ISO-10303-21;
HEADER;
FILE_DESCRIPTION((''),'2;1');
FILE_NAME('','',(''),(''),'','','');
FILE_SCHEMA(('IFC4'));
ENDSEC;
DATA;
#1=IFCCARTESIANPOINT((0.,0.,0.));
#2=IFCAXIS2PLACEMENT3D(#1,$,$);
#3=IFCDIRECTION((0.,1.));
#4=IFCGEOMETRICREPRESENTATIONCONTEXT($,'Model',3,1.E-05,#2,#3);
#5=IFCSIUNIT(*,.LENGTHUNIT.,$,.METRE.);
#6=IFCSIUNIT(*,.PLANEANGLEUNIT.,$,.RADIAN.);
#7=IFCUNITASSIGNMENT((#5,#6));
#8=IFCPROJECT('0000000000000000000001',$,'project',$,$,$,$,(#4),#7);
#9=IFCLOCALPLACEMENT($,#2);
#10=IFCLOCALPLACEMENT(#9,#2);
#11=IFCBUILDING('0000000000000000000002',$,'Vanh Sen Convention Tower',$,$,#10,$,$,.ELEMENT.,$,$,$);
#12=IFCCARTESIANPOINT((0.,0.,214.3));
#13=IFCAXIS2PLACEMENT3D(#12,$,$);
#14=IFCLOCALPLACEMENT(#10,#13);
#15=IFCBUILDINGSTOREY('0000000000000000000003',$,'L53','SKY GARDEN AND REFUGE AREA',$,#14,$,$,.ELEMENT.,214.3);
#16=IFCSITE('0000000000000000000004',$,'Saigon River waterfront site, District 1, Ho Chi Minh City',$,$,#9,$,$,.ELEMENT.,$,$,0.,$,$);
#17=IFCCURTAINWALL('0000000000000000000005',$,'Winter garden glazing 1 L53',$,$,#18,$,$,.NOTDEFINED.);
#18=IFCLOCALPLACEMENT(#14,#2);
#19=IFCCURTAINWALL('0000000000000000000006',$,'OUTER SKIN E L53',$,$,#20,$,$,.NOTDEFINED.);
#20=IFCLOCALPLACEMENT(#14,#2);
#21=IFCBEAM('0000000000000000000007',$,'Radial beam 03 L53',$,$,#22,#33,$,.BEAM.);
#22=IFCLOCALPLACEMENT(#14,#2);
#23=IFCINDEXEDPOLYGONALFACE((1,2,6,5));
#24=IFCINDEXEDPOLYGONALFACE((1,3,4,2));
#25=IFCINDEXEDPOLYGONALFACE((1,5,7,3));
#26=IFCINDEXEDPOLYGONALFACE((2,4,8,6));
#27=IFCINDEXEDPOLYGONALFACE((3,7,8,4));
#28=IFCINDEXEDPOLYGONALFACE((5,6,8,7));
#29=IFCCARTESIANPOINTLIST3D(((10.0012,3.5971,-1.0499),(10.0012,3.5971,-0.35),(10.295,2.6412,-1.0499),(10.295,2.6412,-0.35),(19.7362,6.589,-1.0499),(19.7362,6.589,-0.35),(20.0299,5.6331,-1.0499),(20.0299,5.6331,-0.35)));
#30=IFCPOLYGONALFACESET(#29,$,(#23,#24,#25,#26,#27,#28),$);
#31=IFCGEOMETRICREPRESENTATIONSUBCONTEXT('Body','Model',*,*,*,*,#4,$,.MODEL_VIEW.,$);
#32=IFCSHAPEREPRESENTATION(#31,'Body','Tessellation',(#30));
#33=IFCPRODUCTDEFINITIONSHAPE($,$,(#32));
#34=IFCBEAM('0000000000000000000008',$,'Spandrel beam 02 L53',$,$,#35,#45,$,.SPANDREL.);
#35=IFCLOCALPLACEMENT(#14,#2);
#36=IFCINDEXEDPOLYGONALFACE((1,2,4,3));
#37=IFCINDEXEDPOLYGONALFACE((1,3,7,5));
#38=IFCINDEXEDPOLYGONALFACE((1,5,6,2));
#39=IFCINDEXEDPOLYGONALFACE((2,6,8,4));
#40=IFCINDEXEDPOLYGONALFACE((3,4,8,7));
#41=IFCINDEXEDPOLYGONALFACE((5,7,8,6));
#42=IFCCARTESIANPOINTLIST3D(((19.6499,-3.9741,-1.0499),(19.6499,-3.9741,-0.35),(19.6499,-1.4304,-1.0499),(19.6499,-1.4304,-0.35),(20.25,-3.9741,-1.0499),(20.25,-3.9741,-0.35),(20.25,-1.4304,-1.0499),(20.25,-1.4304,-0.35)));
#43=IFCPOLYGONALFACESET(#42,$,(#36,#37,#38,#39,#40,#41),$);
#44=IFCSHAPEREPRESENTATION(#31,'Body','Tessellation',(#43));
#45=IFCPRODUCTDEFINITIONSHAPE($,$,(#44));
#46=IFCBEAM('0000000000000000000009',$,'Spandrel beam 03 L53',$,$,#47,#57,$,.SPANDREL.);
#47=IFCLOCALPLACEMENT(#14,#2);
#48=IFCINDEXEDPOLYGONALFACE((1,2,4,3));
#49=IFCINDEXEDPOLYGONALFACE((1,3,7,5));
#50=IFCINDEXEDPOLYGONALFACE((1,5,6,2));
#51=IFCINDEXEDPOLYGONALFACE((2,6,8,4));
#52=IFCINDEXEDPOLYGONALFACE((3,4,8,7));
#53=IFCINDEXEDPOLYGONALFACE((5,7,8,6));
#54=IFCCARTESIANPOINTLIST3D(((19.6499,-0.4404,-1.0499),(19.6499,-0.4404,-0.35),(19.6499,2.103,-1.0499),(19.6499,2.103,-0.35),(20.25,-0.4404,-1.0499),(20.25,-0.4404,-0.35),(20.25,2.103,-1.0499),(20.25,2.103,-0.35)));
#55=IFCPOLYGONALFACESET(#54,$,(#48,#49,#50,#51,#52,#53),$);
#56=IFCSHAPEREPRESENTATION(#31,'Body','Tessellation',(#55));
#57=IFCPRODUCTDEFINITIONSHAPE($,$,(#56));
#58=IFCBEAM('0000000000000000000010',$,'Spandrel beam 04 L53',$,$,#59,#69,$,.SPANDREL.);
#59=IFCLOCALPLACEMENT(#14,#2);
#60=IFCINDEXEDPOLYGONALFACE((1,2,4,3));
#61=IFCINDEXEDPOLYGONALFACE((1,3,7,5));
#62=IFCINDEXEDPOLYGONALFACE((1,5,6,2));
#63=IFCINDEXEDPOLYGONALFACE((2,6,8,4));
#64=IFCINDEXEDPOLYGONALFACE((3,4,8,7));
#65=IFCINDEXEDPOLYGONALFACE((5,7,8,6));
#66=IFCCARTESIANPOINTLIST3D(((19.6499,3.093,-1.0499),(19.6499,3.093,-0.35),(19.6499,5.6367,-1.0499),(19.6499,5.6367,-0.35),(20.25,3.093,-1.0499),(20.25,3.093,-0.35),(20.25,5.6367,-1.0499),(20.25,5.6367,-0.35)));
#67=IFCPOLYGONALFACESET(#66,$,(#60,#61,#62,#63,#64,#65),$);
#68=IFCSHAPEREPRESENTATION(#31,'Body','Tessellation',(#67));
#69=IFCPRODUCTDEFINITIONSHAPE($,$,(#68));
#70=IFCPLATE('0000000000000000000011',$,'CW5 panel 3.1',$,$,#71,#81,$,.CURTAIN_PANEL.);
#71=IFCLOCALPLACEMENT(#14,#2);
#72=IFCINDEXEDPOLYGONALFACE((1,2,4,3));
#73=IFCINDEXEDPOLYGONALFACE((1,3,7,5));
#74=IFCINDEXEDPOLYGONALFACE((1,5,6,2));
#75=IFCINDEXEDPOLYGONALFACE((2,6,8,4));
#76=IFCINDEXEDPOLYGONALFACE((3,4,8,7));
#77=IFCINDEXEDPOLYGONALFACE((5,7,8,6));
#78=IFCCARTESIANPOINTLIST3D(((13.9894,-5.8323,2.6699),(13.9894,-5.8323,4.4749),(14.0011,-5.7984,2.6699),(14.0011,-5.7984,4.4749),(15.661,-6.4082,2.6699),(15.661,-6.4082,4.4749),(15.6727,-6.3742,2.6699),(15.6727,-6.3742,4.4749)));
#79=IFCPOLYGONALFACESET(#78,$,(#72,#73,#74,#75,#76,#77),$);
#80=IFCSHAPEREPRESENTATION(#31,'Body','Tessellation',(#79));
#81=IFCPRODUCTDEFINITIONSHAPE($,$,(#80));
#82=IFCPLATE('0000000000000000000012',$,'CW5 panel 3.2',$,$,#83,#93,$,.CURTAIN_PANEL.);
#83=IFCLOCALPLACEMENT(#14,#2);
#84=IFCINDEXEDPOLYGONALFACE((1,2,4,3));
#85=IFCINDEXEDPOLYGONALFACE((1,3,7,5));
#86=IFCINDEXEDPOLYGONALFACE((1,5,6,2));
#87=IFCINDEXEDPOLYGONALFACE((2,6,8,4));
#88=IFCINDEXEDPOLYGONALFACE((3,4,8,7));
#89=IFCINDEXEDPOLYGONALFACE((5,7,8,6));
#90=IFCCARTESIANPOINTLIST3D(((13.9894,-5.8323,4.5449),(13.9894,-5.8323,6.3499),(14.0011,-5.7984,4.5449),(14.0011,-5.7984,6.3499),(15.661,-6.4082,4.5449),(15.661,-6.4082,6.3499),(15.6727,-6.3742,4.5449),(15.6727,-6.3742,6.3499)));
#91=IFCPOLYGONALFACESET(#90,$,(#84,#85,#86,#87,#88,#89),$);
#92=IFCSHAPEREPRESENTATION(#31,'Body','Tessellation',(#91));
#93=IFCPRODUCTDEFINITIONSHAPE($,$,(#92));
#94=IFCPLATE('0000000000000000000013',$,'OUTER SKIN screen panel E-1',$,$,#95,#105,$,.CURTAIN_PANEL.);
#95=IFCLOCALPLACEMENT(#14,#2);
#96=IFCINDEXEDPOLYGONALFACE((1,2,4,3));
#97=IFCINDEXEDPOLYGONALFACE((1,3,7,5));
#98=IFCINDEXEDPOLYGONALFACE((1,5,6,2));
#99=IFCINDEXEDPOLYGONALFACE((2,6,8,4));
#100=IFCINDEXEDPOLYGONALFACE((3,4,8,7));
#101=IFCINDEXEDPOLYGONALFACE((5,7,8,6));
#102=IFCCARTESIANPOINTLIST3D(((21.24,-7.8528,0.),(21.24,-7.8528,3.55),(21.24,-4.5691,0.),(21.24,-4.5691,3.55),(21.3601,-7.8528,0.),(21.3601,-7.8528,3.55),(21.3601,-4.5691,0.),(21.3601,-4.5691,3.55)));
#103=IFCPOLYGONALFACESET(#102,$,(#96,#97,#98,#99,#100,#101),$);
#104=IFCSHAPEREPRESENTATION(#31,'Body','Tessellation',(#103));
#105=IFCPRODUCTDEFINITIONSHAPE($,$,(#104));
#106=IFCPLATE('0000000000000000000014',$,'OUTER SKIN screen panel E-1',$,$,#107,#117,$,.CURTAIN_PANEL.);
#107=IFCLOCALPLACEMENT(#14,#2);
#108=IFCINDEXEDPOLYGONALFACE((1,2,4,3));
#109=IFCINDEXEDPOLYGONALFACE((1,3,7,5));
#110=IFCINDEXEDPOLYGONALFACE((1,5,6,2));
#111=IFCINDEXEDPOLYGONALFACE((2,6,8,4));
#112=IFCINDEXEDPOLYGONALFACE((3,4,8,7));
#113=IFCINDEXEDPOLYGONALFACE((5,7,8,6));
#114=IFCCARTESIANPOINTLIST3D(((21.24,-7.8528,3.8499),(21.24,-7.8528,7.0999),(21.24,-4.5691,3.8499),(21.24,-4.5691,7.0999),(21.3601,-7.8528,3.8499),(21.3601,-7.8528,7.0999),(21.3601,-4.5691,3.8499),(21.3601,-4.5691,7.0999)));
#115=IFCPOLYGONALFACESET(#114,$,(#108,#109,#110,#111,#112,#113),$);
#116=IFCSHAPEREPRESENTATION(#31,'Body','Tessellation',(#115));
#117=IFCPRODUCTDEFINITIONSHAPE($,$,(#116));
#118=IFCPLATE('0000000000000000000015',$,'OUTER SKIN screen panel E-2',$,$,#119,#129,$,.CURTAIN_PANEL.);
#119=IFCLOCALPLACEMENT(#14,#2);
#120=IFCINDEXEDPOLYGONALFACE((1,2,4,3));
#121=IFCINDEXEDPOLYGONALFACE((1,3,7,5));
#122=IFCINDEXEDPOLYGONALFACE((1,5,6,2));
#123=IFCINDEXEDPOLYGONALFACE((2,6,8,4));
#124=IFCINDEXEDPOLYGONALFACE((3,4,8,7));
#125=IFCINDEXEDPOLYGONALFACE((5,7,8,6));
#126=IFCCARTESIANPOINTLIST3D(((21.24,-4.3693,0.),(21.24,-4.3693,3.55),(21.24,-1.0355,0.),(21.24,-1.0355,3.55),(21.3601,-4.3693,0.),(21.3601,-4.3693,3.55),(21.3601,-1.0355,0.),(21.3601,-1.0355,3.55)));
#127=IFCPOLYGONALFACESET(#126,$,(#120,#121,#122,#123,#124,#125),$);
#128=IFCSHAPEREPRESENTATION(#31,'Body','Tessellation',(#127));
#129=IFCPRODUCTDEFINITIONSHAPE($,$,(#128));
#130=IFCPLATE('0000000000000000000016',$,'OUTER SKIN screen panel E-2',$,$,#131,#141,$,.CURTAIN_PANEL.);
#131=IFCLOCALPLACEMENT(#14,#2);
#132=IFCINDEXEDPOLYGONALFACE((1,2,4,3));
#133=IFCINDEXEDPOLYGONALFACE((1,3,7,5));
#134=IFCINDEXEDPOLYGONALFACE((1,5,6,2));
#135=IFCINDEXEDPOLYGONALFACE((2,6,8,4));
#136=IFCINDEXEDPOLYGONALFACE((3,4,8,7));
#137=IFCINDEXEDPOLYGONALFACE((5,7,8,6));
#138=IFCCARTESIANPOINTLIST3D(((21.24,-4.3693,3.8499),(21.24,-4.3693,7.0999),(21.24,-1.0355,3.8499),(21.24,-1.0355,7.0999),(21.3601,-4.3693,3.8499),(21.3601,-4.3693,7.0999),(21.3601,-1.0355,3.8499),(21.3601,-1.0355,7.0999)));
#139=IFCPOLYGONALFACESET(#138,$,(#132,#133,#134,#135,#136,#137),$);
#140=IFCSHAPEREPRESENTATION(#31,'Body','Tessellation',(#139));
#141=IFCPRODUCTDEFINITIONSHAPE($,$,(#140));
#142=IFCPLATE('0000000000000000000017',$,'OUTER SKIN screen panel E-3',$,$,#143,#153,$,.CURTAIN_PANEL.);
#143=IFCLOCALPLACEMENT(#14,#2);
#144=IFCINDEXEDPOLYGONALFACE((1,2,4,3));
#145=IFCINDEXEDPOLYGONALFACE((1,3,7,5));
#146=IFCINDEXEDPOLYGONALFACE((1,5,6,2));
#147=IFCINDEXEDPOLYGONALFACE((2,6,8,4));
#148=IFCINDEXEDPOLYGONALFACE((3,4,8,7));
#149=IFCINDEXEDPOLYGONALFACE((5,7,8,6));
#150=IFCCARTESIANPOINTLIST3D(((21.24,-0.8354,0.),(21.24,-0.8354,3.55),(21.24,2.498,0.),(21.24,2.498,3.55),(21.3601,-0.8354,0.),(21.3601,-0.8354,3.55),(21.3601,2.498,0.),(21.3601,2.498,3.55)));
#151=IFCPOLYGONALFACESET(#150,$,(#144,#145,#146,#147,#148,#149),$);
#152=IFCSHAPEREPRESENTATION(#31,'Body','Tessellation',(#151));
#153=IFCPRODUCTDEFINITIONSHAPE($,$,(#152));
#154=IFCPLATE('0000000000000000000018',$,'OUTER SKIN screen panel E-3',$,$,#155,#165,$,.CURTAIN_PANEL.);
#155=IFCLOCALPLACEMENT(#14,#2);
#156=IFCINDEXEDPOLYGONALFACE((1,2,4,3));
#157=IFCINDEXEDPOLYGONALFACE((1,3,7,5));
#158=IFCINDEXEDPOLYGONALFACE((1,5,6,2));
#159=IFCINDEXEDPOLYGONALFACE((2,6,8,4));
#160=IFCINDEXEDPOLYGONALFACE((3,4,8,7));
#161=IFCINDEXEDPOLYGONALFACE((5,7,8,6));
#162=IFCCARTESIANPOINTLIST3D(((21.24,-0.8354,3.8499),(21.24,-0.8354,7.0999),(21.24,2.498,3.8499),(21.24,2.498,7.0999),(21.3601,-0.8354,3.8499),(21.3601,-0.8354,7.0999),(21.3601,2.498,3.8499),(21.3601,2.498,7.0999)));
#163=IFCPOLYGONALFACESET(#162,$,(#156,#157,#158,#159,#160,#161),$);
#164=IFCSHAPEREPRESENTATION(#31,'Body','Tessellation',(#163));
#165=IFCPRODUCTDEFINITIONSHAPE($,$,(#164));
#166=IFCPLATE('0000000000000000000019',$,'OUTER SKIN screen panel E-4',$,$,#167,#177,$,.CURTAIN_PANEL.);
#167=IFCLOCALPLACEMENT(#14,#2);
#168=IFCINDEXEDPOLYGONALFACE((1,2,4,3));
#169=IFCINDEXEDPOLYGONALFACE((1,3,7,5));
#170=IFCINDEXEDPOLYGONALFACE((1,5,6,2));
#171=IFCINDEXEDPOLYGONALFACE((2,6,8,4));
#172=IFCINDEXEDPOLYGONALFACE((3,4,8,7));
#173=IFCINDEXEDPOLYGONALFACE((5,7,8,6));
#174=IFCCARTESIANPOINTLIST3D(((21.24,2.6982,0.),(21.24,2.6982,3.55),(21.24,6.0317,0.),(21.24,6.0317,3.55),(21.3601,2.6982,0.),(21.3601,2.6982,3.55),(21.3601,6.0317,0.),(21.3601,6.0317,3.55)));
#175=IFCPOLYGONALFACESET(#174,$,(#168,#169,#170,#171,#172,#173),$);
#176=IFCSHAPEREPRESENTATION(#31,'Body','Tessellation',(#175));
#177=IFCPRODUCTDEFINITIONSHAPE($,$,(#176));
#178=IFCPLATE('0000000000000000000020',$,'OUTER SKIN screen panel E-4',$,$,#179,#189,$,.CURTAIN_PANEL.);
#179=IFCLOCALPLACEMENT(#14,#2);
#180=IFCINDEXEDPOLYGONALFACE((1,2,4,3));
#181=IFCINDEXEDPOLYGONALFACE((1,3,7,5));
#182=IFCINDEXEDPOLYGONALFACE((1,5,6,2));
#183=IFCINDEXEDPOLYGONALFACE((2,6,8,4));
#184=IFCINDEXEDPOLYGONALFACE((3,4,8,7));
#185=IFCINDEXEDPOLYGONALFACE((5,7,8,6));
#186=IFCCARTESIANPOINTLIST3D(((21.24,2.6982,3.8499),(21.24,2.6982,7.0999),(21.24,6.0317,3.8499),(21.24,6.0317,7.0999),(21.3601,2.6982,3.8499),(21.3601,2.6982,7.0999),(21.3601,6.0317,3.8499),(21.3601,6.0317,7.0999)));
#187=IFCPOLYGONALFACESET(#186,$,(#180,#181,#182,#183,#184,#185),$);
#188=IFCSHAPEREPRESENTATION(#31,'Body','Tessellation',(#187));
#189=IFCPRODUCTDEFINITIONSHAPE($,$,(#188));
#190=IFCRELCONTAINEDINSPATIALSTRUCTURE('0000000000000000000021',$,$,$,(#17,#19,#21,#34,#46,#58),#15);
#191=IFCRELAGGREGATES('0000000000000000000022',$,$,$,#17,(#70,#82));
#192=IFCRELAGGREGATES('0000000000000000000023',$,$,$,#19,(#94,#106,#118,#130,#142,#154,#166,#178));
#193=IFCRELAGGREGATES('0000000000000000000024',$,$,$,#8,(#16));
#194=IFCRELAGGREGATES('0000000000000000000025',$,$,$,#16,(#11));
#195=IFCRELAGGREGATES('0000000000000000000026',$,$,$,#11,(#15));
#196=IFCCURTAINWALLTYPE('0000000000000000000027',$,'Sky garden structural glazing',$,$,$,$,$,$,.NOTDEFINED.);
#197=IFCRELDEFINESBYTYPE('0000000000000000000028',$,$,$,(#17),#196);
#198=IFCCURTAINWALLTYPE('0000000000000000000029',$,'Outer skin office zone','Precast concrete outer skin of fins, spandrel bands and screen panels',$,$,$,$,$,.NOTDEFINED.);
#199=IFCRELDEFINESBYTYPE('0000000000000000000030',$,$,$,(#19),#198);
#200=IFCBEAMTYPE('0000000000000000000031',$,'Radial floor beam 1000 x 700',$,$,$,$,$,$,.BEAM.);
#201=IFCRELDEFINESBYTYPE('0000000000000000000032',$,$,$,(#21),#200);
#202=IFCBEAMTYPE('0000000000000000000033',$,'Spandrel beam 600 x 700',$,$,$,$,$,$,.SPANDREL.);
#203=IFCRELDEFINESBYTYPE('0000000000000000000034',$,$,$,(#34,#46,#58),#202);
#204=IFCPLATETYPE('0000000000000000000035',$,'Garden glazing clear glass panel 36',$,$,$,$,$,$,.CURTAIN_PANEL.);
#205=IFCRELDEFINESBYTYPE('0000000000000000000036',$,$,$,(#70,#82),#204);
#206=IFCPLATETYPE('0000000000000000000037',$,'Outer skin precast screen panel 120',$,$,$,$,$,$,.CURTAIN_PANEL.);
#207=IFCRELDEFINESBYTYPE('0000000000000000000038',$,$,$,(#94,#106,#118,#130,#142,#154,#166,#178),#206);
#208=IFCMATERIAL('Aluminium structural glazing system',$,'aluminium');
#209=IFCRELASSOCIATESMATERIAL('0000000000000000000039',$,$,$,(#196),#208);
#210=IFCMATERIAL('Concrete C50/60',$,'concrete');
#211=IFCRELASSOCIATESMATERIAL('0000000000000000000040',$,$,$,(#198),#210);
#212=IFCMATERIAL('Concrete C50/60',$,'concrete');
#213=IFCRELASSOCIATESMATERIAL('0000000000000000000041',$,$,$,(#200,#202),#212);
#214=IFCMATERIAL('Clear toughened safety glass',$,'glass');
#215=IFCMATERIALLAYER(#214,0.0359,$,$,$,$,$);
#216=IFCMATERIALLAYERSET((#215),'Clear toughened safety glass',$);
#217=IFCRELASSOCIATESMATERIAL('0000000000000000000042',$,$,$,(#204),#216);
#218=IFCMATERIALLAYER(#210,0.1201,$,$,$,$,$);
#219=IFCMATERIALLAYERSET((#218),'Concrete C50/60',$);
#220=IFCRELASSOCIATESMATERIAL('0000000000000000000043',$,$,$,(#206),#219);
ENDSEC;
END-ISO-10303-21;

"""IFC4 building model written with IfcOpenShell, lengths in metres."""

from ifc_helpers import new_model, si_unit, direction, frame, origin, origin_2d, place, context, subcontext, project, spatial, rectangle, extrude, material, layer, layer_set, material_profile, profile_set, type_object, element, aggregate, save


model = new_model("IFC4")

# Units and contexts
model_context = context("Model", 3, precision=1e-05, world=origin(), true_north=direction((0.0, 1.0)))
body_context = subcontext(model_context, "Body", "Model", "MODEL_VIEW")
ifc_project = project(units=[si_unit("LENGTHUNIT", "METRE"), si_unit("PLANEANGLEUNIT", "RADIAN")], contexts=[model_context])

# Site, building, storey
site_placement = place(None, origin())
site = spatial("IfcSite", under=ifc_project, at=site_placement, Name="Saigon River waterfront site, District 1, Ho Chi Minh City", CompositionType="ELEMENT", RefElevation=0.0)
building_placement = place(site_placement, origin())
building = spatial("IfcBuilding", under=site, at=building_placement, Name="Vanh Sen Convention Tower", CompositionType="ELEMENT")
storey_placement = place(building_placement, frame((0.0, 0.0, 214.3)))
storey = spatial("IfcBuildingStorey", under=building, at=storey_placement, Name="L53", Description="SKY GARDEN AND REFUGE AREA", CompositionType="ELEMENT", Elevation=214.3)

# Curtain wall
ifc_material_1 = material(Name="Aluminium structural glazing system", Category="aluminium")
curtain_wall_type_1 = type_object("IfcCurtainWallType", Name="Sky garden structural glazing", PredefinedType="NOTDEFINED", material=ifc_material_1)
curtain_wall_1_placement = place(storey_placement, origin())
curtain_wall_1 = element("IfcCurtainWall", 1, at=curtain_wall_1_placement, inside=storey, type_object=curtain_wall_type_1, Name="Winter garden glazing 1 L53", PredefinedType="NOTDEFINED")

# Curtain wall
ifc_material_2 = material(Name="Concrete C50/60", Category="concrete")
curtain_wall_type_2 = type_object("IfcCurtainWallType", Name="Outer skin office zone", Description="Precast concrete outer skin of fins, spandrel bands and screen panels", PredefinedType="NOTDEFINED", material=ifc_material_2)
curtain_wall_2_placement = place(storey_placement, origin())
curtain_wall_2 = element("IfcCurtainWall", 2, at=curtain_wall_2_placement, inside=storey, type_object=curtain_wall_type_2, Name="OUTER SKIN E L53", PredefinedType="NOTDEFINED")

# Beams
ifc_material_3 = material(Name="Concrete C50/60", Category="concrete")
ifc_material_profile_1 = material_profile(ifc_material_3, rectangle(XDim=1.0, YDim=0.7, at=origin_2d()), Name="RC 1000X700")
ifc_profile_set_1 = profile_set([ifc_material_profile_1], Name="Concrete C50/60")
beam_type_1 = type_object("IfcBeamType", Name="Radial floor beam 1000 x 700", PredefinedType="BEAM", material=ifc_profile_set_1)
beam_1_placement = place(storey_placement, frame((19.8831, 6.1111, -0.7), z_axis=(-0.955873, -0.293781, 0.0), x_axis=(0.293781, -0.955873, 0.0)))
element("IfcBeam", 3, at=beam_1_placement, inside=storey, type_object=beam_type_1, Name="Radial beam 03 L53", PredefinedType="BEAM", context=body_context, shape_type="SweptSolid", body=[
    extrude(rectangle(XDim=1.0, YDim=0.7, at=origin_2d()), origin(), (0.0, 0.0, 1.0), 10.1843),
])
ifc_material_profile_2 = material_profile(ifc_material_3, rectangle(XDim=0.6001, YDim=0.7, at=origin_2d()), Name="RC 600X700")
ifc_profile_set_2 = profile_set([ifc_material_profile_2], Name="Concrete C50/60")
beam_type_2 = type_object("IfcBeamType", Name="Spandrel beam 600 x 700", PredefinedType="SPANDREL", material=ifc_profile_set_2)
beam_2_placement = place(storey_placement, frame((19.95, -3.9741, -0.7), z_axis=(0.0, 1.0, 0.0), x_axis=(-1.0, 0.0, 0.0)))
element("IfcBeam", 4, at=beam_2_placement, inside=storey, type_object=beam_type_2, Name="Spandrel beam 02 L53", PredefinedType="SPANDREL", context=body_context, shape_type="SweptSolid", body=[
    extrude(rectangle(XDim=0.6001, YDim=0.7, at=origin_2d()), origin(), (0.0, 0.0, 1.0), 2.5437),
])
beam_3_placement = place(storey_placement, frame((19.95, -0.4404, -0.7), z_axis=(0.0, 1.0, 0.0), x_axis=(-1.0, 0.0, 0.0)))
element("IfcBeam", 5, at=beam_3_placement, inside=storey, type_object=beam_type_2, Name="Spandrel beam 03 L53", PredefinedType="SPANDREL", context=body_context, shape_type="SweptSolid", body=[
    extrude(rectangle(XDim=0.6001, YDim=0.7, at=origin_2d()), origin(), (0.0, 0.0, 1.0), 2.5435),
])
beam_4_placement = place(storey_placement, frame((19.95, 3.093, -0.7), z_axis=(0.0, 1.0, 0.0), x_axis=(-1.0, 0.0, 0.0)))
element("IfcBeam", 6, at=beam_4_placement, inside=storey, type_object=beam_type_2, Name="Spandrel beam 04 L53", PredefinedType="SPANDREL", context=body_context, shape_type="SweptSolid", body=[
    extrude(rectangle(XDim=0.6001, YDim=0.7, at=origin_2d()), origin(), (0.0, 0.0, 1.0), 2.5437),
])

# Plates
ifc_material_4 = material(Name="Clear toughened safety glass", Category="glass")
ifc_layer_1 = layer(ifc_material_4, 0.0359)
ifc_layer_set_1 = layer_set([ifc_layer_1], Name="Clear toughened safety glass")
plate_type_1 = type_object("IfcPlateType", Name="Garden glazing clear glass panel 36", PredefinedType="CURTAIN_PANEL", material=ifc_layer_set_1)
plate_1_placement = place(storey_placement, frame((14.8311, -6.1033, 2.6699), z_axis=(0.0, 0.0, 1.0), x_axis=(-0.945474, 0.325699, 0.0)))
plate_1 = element("IfcPlate", 7, at=plate_1_placement, type_object=plate_type_1, Name="CW5 panel 3.1", PredefinedType="CURTAIN_PANEL", context=body_context, shape_type="SweptSolid", body=[
    extrude(rectangle(XDim=1.7681, YDim=0.0359, at=origin_2d()), origin(), (0.0, 0.0, 1.0), 1.8049),
])
plate_2_placement = place(storey_placement, frame((14.8311, -6.1033, 4.5449), z_axis=(0.0, 0.0, 1.0), x_axis=(-0.945474, 0.325699, 0.0)))
plate_2 = element("IfcPlate", 8, at=plate_2_placement, type_object=plate_type_1, Name="CW5 panel 3.2", PredefinedType="CURTAIN_PANEL", context=body_context, shape_type="SweptSolid", body=[
    extrude(rectangle(XDim=1.7681, YDim=0.0359, at=origin_2d()), origin(), (0.0, 0.0, 1.0), 1.8049),
])
aggregate(curtain_wall_1, [plate_1, plate_2])
ifc_layer_2 = layer(ifc_material_2, 0.1201)
ifc_layer_set_2 = layer_set([ifc_layer_2], Name="Concrete C50/60")
plate_type_2 = type_object("IfcPlateType", Name="Outer skin precast screen panel 120", PredefinedType="CURTAIN_PANEL", material=ifc_layer_set_2)
plate_3_placement = place(storey_placement, frame((21.3, -6.2109, 0.0), z_axis=(0.0, 0.0, 1.0), x_axis=(0.0, 1.0, 0.0)))
plate_3 = element("IfcPlate", 9, at=plate_3_placement, type_object=plate_type_2, Name="OUTER SKIN screen panel E-1", PredefinedType="CURTAIN_PANEL", context=body_context, shape_type="SweptSolid", body=[
    extrude(rectangle(XDim=3.2837, YDim=0.1201, at=origin_2d()), origin(), (0.0, 0.0, 1.0), 3.55),
])
plate_4_placement = place(storey_placement, frame((21.3, -6.2109, 3.8499), z_axis=(0.0, 0.0, 1.0), x_axis=(0.0, 1.0, 0.0)))
plate_4 = element("IfcPlate", 10, at=plate_4_placement, type_object=plate_type_2, Name="OUTER SKIN screen panel E-1", PredefinedType="CURTAIN_PANEL", context=body_context, shape_type="SweptSolid", body=[
    extrude(rectangle(XDim=3.2837, YDim=0.1201, at=origin_2d()), origin(), (0.0, 0.0, 1.0), 3.25),
])
plate_5_placement = place(storey_placement, frame((21.3, -2.7024, 0.0), z_axis=(0.0, 0.0, 1.0), x_axis=(0.0, 1.0, 0.0)))
plate_5 = element("IfcPlate", 11, at=plate_5_placement, type_object=plate_type_2, Name="OUTER SKIN screen panel E-2", PredefinedType="CURTAIN_PANEL", context=body_context, shape_type="SweptSolid", body=[
    extrude(rectangle(XDim=3.3337, YDim=0.1201, at=origin_2d()), origin(), (0.0, 0.0, 1.0), 3.55),
])
plate_6_placement = place(storey_placement, frame((21.3, -2.7024, 3.8499), z_axis=(0.0, 0.0, 1.0), x_axis=(0.0, 1.0, 0.0)))
plate_6 = element("IfcPlate", 12, at=plate_6_placement, type_object=plate_type_2, Name="OUTER SKIN screen panel E-2", PredefinedType="CURTAIN_PANEL", context=body_context, shape_type="SweptSolid", body=[
    extrude(rectangle(XDim=3.3337, YDim=0.1201, at=origin_2d()), origin(), (0.0, 0.0, 1.0), 3.25),
])
plate_7_placement = place(storey_placement, frame((21.3, 0.8313, 0.0), z_axis=(0.0, 0.0, 1.0), x_axis=(0.0, 1.0, 0.0)))
plate_7 = element("IfcPlate", 13, at=plate_7_placement, type_object=plate_type_2, Name="OUTER SKIN screen panel E-3", PredefinedType="CURTAIN_PANEL", context=body_context, shape_type="SweptSolid", body=[
    extrude(rectangle(XDim=3.3335, YDim=0.1201, at=origin_2d()), origin(), (0.0, 0.0, 1.0), 3.55),
])
plate_8_placement = place(storey_placement, frame((21.3, 0.8313, 3.8499), z_axis=(0.0, 0.0, 1.0), x_axis=(0.0, 1.0, 0.0)))
plate_8 = element("IfcPlate", 14, at=plate_8_placement, type_object=plate_type_2, Name="OUTER SKIN screen panel E-3", PredefinedType="CURTAIN_PANEL", context=body_context, shape_type="SweptSolid", body=[
    extrude(rectangle(XDim=3.3335, YDim=0.1201, at=origin_2d()), origin(), (0.0, 0.0, 1.0), 3.25),
])
plate_9_placement = place(storey_placement, frame((21.3, 4.365, 0.0), z_axis=(0.0, 0.0, 1.0), x_axis=(0.0, 1.0, 0.0)))
plate_9 = element("IfcPlate", 15, at=plate_9_placement, type_object=plate_type_2, Name="OUTER SKIN screen panel E-4", PredefinedType="CURTAIN_PANEL", context=body_context, shape_type="SweptSolid", body=[
    extrude(rectangle(XDim=3.3335, YDim=0.1201, at=origin_2d()), origin(), (0.0, 0.0, 1.0), 3.55),
])
plate_10_placement = place(storey_placement, frame((21.3, 4.365, 3.8499), z_axis=(0.0, 0.0, 1.0), x_axis=(0.0, 1.0, 0.0)))
plate_10 = element("IfcPlate", 16, at=plate_10_placement, type_object=plate_type_2, Name="OUTER SKIN screen panel E-4", PredefinedType="CURTAIN_PANEL", context=body_context, shape_type="SweptSolid", body=[
    extrude(rectangle(XDim=3.3335, YDim=0.1201, at=origin_2d()), origin(), (0.0, 0.0, 1.0), 3.25),
])
aggregate(curtain_wall_2, [plate_3, plate_4, plate_5, plate_6, plate_7, plate_8, plate_9, plate_10])

save(model, "model.ifc")
